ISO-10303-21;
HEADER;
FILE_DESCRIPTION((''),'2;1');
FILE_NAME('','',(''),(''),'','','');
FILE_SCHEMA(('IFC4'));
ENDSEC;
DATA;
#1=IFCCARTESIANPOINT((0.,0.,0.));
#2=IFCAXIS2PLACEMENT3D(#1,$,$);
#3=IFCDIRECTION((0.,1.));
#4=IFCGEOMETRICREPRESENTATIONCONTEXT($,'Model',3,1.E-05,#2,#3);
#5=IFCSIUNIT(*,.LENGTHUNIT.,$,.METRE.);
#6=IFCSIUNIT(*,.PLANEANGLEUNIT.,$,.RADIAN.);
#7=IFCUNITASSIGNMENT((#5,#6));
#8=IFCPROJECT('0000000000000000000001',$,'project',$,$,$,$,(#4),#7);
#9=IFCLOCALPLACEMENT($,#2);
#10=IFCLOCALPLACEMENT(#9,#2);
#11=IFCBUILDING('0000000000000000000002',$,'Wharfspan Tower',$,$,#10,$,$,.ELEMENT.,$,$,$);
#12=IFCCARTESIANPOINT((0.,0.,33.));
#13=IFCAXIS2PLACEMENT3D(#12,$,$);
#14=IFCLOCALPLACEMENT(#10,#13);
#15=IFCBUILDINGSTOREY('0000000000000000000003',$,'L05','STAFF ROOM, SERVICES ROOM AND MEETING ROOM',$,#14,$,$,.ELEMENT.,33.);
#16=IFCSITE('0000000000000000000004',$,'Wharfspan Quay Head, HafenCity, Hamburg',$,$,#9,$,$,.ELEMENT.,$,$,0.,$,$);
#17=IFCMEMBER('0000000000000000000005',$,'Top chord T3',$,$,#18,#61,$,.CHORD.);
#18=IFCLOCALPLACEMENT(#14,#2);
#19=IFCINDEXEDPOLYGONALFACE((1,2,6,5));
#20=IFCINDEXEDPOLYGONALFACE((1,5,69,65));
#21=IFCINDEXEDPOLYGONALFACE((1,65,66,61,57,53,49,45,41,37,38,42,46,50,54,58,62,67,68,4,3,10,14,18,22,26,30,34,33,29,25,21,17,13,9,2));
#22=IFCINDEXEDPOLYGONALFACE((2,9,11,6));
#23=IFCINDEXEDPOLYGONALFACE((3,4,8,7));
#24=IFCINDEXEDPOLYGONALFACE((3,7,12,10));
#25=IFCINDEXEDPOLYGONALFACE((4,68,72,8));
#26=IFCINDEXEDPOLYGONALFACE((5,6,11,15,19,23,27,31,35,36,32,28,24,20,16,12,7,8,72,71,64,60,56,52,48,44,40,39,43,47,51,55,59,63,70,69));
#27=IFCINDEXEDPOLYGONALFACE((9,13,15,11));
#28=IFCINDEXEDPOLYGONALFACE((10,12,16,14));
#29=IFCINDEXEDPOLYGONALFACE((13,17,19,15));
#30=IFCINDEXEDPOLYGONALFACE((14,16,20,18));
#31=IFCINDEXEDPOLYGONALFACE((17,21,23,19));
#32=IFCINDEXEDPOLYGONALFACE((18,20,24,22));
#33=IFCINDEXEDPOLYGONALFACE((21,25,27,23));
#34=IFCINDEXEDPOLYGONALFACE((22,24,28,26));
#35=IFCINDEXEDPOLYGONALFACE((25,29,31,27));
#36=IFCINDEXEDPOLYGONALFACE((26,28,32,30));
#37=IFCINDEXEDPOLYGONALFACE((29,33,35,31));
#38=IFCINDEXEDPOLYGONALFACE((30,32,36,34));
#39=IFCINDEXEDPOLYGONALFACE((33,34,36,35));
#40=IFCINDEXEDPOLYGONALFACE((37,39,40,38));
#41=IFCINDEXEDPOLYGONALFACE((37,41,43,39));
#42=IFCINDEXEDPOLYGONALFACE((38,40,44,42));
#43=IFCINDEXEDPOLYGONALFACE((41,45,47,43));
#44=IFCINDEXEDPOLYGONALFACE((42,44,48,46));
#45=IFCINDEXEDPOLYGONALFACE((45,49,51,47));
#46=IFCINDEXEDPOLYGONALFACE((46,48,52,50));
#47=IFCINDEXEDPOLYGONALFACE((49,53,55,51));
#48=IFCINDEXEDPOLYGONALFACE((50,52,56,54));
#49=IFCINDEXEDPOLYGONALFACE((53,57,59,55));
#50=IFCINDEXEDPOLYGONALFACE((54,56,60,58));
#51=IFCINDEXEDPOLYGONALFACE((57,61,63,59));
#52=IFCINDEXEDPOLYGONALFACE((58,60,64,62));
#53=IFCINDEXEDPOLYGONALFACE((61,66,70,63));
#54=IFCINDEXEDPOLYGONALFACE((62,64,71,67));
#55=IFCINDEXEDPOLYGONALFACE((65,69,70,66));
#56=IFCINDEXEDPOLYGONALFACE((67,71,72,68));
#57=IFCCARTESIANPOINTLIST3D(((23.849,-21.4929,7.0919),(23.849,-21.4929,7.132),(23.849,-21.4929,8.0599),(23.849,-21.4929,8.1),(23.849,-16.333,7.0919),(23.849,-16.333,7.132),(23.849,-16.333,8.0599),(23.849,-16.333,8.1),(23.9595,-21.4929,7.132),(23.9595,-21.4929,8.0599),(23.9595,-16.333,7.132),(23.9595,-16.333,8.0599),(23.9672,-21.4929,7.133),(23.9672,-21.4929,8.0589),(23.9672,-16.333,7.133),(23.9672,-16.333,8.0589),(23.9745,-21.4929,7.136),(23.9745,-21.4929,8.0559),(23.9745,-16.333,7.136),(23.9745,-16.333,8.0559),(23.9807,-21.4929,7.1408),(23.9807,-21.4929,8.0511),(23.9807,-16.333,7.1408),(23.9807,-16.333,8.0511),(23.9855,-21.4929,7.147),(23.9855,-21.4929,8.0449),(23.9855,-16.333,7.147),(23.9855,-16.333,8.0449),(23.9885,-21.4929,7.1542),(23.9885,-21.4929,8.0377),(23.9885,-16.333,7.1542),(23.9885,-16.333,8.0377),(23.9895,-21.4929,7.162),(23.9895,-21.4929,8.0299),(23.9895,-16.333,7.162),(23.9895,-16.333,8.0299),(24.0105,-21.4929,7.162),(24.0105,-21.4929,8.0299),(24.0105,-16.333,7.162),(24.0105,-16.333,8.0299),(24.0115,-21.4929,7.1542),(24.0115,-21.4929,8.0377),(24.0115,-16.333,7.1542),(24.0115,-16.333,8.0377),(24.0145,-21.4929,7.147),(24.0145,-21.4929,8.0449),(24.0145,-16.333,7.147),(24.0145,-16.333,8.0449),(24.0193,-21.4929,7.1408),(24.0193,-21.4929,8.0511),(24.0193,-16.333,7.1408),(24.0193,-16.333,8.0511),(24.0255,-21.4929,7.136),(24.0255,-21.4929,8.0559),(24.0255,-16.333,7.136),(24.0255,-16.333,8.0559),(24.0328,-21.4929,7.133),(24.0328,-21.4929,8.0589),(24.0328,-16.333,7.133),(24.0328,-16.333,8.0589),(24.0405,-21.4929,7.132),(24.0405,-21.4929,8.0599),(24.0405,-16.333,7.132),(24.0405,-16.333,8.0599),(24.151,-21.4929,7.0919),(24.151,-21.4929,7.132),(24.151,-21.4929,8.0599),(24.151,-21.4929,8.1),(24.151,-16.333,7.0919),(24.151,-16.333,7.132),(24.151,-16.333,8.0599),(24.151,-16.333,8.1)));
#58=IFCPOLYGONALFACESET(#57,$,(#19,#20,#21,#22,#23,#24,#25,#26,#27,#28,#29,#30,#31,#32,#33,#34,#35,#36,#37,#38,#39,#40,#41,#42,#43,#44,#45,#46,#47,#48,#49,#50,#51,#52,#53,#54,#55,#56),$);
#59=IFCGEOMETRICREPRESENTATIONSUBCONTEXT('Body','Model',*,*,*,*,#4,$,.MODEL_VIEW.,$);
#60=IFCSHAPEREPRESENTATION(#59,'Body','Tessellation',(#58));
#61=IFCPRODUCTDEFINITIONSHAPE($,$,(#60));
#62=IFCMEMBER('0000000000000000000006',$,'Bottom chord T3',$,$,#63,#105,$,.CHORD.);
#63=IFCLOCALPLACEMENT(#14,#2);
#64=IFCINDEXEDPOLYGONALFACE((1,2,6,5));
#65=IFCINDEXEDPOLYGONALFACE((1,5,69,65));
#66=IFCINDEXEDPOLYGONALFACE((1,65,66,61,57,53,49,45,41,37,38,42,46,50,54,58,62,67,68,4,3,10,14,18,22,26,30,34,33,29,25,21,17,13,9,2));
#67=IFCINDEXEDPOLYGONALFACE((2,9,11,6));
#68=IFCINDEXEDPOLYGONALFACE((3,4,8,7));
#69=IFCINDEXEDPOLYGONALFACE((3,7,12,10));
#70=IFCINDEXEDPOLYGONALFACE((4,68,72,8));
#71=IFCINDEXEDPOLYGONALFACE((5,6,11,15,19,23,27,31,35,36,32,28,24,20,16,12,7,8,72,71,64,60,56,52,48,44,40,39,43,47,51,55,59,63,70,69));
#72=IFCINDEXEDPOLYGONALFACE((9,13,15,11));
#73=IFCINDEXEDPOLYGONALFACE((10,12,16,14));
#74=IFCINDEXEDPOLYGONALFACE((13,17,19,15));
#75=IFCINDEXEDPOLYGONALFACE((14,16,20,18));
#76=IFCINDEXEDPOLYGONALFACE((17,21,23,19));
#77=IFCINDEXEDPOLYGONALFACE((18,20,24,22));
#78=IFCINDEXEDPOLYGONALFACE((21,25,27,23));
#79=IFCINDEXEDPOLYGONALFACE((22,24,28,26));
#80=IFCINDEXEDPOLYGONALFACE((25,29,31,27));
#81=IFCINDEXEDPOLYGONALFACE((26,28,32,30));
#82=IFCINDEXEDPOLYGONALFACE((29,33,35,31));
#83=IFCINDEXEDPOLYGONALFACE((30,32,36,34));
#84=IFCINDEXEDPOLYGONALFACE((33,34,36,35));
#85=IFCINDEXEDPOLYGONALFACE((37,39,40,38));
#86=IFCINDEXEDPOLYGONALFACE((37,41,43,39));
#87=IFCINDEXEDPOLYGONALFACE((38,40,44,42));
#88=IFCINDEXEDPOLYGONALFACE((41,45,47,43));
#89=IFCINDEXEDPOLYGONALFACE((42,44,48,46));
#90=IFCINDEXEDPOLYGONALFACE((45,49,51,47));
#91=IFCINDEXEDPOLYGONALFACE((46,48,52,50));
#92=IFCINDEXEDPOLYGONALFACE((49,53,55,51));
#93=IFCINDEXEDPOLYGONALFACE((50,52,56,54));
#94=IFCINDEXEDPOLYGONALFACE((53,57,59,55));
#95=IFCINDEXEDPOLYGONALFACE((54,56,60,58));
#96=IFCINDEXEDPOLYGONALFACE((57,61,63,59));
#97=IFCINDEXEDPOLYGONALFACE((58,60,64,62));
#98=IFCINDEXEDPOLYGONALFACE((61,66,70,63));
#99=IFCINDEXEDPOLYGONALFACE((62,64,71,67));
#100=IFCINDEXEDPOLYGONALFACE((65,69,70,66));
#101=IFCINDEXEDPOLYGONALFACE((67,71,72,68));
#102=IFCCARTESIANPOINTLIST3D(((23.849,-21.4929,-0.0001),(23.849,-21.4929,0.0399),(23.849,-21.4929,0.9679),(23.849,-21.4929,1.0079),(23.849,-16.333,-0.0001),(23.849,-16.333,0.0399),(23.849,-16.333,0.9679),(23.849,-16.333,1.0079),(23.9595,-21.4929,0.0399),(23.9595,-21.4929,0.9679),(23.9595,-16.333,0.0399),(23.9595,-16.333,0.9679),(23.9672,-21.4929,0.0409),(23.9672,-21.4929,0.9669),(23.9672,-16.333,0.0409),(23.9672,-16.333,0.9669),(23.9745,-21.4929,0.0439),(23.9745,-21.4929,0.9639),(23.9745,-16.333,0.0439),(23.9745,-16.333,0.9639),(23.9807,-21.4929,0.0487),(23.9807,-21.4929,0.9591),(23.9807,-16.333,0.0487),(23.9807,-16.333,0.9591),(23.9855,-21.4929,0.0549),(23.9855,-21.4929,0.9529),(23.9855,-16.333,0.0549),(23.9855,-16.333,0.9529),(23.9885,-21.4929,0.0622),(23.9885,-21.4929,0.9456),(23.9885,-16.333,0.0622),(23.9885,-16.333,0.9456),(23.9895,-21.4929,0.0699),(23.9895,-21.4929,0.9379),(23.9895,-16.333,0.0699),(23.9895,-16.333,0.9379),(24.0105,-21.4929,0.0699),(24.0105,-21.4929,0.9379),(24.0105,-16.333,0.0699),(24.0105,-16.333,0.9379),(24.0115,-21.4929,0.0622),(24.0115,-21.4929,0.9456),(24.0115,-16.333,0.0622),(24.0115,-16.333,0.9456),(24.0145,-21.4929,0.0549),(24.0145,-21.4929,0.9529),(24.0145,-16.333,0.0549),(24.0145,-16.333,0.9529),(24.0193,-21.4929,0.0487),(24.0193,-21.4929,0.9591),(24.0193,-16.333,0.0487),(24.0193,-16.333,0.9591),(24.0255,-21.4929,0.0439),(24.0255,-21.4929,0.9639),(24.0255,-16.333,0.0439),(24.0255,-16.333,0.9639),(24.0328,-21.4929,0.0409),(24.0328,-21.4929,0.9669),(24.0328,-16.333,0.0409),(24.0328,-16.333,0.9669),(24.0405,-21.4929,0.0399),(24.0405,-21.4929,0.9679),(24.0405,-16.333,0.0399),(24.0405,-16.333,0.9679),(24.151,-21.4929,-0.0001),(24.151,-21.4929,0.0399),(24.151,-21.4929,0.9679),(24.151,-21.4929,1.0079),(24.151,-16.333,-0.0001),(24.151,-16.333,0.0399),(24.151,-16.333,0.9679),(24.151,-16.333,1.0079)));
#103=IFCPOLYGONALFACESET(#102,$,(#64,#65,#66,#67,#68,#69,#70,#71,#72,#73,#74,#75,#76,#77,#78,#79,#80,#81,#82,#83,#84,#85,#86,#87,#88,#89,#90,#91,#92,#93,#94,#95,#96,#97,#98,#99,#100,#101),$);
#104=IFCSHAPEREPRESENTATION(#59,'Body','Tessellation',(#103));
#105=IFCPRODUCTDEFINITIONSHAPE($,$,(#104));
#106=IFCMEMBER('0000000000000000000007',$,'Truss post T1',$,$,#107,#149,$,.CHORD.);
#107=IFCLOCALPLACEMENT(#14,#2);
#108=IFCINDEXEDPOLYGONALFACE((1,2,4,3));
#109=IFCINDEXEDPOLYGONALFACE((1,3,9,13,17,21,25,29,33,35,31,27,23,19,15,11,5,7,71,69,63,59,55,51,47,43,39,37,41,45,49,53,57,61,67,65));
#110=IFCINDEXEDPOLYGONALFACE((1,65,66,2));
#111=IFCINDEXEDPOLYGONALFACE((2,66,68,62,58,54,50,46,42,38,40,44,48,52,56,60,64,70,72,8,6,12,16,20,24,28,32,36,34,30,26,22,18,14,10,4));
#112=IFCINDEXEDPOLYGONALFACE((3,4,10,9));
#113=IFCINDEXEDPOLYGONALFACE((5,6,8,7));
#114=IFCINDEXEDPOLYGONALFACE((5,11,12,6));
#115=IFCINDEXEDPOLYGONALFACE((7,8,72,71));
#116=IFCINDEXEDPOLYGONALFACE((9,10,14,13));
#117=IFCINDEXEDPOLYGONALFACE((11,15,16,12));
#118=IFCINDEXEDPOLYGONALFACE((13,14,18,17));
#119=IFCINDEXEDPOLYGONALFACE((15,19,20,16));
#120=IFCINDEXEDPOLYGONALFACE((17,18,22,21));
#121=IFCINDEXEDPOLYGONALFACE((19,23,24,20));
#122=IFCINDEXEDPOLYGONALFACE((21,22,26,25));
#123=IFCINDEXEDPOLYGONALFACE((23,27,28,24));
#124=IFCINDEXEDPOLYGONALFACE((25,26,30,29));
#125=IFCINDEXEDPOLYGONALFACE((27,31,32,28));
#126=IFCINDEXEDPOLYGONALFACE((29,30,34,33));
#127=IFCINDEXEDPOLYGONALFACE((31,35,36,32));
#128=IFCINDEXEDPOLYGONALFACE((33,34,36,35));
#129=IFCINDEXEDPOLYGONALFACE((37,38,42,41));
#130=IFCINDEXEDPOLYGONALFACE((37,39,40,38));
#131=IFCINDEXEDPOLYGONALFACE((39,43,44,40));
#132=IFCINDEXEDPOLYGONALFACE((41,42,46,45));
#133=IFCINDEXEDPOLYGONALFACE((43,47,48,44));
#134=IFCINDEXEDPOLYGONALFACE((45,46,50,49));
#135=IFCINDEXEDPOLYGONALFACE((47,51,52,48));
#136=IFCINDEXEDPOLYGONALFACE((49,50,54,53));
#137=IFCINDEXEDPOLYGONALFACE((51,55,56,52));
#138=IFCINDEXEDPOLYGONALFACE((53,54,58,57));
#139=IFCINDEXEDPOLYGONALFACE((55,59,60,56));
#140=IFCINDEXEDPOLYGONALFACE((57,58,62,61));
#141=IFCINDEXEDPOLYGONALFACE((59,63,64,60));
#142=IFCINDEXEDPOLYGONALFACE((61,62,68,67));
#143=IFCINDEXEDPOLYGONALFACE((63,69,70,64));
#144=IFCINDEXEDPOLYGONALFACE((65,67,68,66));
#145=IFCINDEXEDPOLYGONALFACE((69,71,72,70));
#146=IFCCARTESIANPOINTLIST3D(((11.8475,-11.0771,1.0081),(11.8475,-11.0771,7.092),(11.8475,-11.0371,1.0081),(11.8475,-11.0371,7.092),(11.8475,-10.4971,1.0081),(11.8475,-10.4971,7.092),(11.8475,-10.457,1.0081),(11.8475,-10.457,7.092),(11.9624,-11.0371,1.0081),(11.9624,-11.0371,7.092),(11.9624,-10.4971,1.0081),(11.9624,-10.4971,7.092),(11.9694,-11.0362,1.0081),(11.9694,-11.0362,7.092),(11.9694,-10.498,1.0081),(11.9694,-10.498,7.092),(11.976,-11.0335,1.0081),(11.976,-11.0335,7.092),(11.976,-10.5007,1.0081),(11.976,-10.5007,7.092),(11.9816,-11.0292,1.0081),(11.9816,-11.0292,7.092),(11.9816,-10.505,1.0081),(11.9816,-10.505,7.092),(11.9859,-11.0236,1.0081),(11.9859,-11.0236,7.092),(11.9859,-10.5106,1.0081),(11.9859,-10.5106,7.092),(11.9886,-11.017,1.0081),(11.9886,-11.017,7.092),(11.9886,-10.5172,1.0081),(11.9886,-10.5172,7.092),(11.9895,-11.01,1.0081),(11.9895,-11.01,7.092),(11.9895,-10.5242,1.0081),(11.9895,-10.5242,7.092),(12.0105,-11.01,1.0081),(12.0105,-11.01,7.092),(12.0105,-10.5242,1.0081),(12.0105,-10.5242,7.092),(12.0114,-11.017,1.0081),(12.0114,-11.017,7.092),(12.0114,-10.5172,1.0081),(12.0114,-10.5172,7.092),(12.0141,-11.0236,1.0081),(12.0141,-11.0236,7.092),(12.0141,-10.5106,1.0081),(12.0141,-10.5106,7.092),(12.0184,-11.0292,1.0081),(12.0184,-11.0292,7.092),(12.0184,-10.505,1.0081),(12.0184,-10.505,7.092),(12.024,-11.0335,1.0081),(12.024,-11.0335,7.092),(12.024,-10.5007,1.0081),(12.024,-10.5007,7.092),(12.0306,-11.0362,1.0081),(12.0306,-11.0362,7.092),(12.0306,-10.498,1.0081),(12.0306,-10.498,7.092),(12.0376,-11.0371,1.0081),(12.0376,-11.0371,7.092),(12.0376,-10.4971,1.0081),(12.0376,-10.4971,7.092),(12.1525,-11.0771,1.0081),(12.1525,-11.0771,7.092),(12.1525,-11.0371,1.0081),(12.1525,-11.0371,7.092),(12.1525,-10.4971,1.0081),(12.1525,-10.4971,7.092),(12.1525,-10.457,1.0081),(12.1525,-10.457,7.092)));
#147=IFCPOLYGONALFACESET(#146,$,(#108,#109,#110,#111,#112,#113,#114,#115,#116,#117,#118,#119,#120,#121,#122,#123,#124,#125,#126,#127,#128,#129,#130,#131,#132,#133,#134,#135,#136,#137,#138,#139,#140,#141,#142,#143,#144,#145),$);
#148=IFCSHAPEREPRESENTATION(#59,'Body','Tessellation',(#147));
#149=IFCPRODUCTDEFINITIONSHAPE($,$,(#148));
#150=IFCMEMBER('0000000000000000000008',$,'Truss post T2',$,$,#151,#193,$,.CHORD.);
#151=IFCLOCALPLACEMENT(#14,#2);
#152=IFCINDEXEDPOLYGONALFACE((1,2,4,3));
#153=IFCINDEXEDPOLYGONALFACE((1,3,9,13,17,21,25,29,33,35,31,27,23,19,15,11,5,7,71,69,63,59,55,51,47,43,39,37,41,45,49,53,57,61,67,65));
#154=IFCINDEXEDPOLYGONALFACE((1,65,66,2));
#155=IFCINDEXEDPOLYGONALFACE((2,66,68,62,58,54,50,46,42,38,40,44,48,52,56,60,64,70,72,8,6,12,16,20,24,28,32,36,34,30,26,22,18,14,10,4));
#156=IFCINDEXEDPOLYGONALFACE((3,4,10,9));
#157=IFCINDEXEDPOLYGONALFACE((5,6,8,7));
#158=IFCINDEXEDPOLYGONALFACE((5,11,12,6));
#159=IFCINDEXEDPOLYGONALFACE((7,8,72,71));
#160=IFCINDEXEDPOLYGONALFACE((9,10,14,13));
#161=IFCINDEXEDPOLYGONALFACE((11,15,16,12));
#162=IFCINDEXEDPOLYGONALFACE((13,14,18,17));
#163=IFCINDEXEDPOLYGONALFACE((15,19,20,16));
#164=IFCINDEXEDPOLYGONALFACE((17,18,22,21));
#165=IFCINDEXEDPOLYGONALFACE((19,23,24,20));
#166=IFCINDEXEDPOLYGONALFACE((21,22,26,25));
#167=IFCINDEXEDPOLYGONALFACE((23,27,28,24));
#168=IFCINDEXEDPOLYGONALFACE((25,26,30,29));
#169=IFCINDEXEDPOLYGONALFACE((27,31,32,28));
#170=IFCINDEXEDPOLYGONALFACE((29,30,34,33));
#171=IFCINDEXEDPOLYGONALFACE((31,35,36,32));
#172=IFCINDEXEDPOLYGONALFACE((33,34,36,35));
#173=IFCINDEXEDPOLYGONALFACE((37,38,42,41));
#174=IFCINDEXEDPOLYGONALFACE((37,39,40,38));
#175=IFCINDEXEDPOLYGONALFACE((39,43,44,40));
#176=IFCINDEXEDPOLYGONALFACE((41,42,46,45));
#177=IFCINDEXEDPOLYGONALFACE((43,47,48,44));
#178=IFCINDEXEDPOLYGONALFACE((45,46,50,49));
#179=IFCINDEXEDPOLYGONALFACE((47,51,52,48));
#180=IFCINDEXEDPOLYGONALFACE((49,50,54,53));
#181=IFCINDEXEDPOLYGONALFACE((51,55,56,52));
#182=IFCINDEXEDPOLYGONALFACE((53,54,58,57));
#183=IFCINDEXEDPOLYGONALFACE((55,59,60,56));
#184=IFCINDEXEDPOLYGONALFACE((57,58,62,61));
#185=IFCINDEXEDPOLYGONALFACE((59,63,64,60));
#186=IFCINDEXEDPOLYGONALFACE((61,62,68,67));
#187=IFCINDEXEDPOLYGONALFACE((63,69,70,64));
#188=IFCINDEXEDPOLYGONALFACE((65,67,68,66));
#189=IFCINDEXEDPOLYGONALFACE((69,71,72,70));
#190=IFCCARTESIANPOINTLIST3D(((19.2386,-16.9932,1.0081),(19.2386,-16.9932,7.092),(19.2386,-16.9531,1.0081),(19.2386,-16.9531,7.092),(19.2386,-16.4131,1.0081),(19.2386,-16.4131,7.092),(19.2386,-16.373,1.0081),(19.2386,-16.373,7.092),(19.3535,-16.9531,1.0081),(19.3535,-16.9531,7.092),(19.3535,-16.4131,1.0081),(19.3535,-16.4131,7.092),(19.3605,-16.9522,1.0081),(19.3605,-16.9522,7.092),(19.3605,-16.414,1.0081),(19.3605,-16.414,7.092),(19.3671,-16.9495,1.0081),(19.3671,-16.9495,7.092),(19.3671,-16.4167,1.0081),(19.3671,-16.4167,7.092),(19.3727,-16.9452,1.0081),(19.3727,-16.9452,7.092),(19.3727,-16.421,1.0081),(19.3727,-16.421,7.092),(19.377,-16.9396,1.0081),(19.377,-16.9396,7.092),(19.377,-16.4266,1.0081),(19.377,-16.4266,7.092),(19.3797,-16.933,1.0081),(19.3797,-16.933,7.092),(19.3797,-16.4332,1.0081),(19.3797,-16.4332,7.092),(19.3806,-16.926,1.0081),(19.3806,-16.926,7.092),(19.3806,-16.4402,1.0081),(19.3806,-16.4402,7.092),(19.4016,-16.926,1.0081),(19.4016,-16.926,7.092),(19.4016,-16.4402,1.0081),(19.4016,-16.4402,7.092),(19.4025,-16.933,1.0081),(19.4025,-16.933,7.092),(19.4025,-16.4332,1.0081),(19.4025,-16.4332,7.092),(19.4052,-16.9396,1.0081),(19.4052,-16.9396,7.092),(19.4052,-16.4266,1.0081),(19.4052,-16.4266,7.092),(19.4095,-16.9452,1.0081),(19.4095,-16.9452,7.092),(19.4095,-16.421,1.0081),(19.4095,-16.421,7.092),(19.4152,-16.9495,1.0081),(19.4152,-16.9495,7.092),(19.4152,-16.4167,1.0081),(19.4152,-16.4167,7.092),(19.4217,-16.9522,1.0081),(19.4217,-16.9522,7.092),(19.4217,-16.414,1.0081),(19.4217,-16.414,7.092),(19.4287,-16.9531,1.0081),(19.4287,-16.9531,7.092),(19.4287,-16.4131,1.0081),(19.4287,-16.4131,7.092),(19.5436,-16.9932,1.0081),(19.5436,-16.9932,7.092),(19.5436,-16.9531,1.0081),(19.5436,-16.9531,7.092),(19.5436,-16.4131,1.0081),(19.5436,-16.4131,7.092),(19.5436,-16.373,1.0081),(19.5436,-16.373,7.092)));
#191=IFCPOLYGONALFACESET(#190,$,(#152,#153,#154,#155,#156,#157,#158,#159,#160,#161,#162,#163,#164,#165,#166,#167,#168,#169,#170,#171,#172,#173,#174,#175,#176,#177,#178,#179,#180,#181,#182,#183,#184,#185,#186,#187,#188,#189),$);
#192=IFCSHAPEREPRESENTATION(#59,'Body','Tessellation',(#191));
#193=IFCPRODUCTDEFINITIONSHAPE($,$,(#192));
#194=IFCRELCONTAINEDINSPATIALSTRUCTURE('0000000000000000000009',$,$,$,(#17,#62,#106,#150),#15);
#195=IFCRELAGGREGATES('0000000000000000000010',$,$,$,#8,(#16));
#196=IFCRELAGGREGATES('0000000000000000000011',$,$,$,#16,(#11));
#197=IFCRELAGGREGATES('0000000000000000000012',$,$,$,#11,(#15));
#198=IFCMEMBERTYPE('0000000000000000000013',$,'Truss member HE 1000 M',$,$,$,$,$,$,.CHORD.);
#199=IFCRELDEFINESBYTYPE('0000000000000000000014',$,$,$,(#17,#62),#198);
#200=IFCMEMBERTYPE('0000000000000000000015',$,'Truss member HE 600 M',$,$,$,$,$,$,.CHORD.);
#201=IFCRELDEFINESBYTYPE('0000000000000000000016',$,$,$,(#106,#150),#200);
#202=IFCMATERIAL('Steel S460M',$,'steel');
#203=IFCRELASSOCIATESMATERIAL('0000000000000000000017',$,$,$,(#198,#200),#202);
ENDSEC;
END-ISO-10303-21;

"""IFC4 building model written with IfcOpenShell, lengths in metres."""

from ifc_helpers import new_model, si_unit, direction, frame, origin, origin_2d, place, context, subcontext, project, spatial, i_section, extrude, material, material_profile, profile_set, type_object, element, save


model = new_model("IFC4")

# Units and contexts
model_context = context("Model", 3, precision=1e-05, world=origin(), true_north=direction((0.0, 1.0)))
body_context = subcontext(model_context, "Body", "Model", "MODEL_VIEW")
ifc_project = project(units=[si_unit("LENGTHUNIT", "METRE"), si_unit("PLANEANGLEUNIT", "RADIAN")], contexts=[model_context])

# Site, building, storey
site_placement = place(None, origin())
site = spatial("IfcSite", under=ifc_project, at=site_placement, Name="Wharfspan Quay Head, HafenCity, Hamburg", CompositionType="ELEMENT", RefElevation=0.0)
building_placement = place(site_placement, origin())
building = spatial("IfcBuilding", under=site, at=building_placement, Name="Wharfspan Tower", CompositionType="ELEMENT")
storey_placement = place(building_placement, frame((0.0, 0.0, 33.0)))
storey = spatial("IfcBuildingStorey", under=building, at=storey_placement, Name="L05", Description="STAFF ROOM, SERVICES ROOM AND MEETING ROOM", CompositionType="ELEMENT", Elevation=33.0)

# Members
ifc_material_1 = material(Name="Steel S460M", Category="steel")
ifc_material_profile_1 = material_profile(ifc_material_1, i_section(OverallWidth=0.302, OverallDepth=1.0081, WebThickness=0.021, FlangeThickness=0.04, FilletRadius=0.03, at=origin_2d()))
ifc_profile_set_1 = profile_set([ifc_material_profile_1], Name="Steel S460M")
member_type_1 = type_object("IfcMemberType", Name="Truss member HE 1000 M", PredefinedType="CHORD", material=ifc_profile_set_1)
for number, where, z_axis, x_axis, name in (
    (1, (24.0, -21.4929, 7.5959), (0.0, 1.0, 0.0), (-1.0, 0.0, 0.0), "Top chord T3"),
    (2, (24.0, -21.4929, 0.5039), (0.0, 1.0, 0.0), (-1.0, 0.0, 0.0), "Bottom chord T3"),
):
    element("IfcMember", number, at=place(storey_placement, frame(where, z_axis=z_axis, x_axis=x_axis)), inside=storey, type_object=member_type_1, Name=name, PredefinedType="CHORD", context=body_context, shape_type="SweptSolid", body=[
        extrude(i_section(OverallWidth=0.302, OverallDepth=1.0081, WebThickness=0.021, FlangeThickness=0.04, FilletRadius=0.03, at=origin_2d()), origin(), (0.0, 0.0, 1.0), 5.1599),
    ])
ifc_material_profile_2 = material_profile(ifc_material_1, i_section(OverallWidth=0.3049, OverallDepth=0.6201, WebThickness=0.021, FlangeThickness=0.04, FilletRadius=0.0271, at=origin_2d()))
ifc_profile_set_2 = profile_set([ifc_material_profile_2], Name="Steel S460M")
member_type_2 = type_object("IfcMemberType", Name="Truss member HE 600 M", PredefinedType="CHORD", material=ifc_profile_set_2)
for number, where, z_axis, x_axis, name in (
    (3, (12.0, -10.7671, 1.0081), (0.0, 0.0, 1.0), (1.0, 0.0, 0.0), "Truss post T1"),
    (4, (19.3911, -16.6831, 1.0081), (0.0, 0.0, 1.0), (1.0, 0.0, 0.0), "Truss post T2"),
):
    element("IfcMember", number, at=place(storey_placement, frame(where, z_axis=z_axis, x_axis=x_axis)), inside=storey, type_object=member_type_2, Name=name, PredefinedType="CHORD", context=body_context, shape_type="SweptSolid", body=[
        extrude(i_section(OverallWidth=0.3049, OverallDepth=0.6201, WebThickness=0.021, FlangeThickness=0.04, FilletRadius=0.0271, at=origin_2d()), origin(), (0.0, 0.0, 1.0), 6.084),
    ])

save(model, "model.ifc")
